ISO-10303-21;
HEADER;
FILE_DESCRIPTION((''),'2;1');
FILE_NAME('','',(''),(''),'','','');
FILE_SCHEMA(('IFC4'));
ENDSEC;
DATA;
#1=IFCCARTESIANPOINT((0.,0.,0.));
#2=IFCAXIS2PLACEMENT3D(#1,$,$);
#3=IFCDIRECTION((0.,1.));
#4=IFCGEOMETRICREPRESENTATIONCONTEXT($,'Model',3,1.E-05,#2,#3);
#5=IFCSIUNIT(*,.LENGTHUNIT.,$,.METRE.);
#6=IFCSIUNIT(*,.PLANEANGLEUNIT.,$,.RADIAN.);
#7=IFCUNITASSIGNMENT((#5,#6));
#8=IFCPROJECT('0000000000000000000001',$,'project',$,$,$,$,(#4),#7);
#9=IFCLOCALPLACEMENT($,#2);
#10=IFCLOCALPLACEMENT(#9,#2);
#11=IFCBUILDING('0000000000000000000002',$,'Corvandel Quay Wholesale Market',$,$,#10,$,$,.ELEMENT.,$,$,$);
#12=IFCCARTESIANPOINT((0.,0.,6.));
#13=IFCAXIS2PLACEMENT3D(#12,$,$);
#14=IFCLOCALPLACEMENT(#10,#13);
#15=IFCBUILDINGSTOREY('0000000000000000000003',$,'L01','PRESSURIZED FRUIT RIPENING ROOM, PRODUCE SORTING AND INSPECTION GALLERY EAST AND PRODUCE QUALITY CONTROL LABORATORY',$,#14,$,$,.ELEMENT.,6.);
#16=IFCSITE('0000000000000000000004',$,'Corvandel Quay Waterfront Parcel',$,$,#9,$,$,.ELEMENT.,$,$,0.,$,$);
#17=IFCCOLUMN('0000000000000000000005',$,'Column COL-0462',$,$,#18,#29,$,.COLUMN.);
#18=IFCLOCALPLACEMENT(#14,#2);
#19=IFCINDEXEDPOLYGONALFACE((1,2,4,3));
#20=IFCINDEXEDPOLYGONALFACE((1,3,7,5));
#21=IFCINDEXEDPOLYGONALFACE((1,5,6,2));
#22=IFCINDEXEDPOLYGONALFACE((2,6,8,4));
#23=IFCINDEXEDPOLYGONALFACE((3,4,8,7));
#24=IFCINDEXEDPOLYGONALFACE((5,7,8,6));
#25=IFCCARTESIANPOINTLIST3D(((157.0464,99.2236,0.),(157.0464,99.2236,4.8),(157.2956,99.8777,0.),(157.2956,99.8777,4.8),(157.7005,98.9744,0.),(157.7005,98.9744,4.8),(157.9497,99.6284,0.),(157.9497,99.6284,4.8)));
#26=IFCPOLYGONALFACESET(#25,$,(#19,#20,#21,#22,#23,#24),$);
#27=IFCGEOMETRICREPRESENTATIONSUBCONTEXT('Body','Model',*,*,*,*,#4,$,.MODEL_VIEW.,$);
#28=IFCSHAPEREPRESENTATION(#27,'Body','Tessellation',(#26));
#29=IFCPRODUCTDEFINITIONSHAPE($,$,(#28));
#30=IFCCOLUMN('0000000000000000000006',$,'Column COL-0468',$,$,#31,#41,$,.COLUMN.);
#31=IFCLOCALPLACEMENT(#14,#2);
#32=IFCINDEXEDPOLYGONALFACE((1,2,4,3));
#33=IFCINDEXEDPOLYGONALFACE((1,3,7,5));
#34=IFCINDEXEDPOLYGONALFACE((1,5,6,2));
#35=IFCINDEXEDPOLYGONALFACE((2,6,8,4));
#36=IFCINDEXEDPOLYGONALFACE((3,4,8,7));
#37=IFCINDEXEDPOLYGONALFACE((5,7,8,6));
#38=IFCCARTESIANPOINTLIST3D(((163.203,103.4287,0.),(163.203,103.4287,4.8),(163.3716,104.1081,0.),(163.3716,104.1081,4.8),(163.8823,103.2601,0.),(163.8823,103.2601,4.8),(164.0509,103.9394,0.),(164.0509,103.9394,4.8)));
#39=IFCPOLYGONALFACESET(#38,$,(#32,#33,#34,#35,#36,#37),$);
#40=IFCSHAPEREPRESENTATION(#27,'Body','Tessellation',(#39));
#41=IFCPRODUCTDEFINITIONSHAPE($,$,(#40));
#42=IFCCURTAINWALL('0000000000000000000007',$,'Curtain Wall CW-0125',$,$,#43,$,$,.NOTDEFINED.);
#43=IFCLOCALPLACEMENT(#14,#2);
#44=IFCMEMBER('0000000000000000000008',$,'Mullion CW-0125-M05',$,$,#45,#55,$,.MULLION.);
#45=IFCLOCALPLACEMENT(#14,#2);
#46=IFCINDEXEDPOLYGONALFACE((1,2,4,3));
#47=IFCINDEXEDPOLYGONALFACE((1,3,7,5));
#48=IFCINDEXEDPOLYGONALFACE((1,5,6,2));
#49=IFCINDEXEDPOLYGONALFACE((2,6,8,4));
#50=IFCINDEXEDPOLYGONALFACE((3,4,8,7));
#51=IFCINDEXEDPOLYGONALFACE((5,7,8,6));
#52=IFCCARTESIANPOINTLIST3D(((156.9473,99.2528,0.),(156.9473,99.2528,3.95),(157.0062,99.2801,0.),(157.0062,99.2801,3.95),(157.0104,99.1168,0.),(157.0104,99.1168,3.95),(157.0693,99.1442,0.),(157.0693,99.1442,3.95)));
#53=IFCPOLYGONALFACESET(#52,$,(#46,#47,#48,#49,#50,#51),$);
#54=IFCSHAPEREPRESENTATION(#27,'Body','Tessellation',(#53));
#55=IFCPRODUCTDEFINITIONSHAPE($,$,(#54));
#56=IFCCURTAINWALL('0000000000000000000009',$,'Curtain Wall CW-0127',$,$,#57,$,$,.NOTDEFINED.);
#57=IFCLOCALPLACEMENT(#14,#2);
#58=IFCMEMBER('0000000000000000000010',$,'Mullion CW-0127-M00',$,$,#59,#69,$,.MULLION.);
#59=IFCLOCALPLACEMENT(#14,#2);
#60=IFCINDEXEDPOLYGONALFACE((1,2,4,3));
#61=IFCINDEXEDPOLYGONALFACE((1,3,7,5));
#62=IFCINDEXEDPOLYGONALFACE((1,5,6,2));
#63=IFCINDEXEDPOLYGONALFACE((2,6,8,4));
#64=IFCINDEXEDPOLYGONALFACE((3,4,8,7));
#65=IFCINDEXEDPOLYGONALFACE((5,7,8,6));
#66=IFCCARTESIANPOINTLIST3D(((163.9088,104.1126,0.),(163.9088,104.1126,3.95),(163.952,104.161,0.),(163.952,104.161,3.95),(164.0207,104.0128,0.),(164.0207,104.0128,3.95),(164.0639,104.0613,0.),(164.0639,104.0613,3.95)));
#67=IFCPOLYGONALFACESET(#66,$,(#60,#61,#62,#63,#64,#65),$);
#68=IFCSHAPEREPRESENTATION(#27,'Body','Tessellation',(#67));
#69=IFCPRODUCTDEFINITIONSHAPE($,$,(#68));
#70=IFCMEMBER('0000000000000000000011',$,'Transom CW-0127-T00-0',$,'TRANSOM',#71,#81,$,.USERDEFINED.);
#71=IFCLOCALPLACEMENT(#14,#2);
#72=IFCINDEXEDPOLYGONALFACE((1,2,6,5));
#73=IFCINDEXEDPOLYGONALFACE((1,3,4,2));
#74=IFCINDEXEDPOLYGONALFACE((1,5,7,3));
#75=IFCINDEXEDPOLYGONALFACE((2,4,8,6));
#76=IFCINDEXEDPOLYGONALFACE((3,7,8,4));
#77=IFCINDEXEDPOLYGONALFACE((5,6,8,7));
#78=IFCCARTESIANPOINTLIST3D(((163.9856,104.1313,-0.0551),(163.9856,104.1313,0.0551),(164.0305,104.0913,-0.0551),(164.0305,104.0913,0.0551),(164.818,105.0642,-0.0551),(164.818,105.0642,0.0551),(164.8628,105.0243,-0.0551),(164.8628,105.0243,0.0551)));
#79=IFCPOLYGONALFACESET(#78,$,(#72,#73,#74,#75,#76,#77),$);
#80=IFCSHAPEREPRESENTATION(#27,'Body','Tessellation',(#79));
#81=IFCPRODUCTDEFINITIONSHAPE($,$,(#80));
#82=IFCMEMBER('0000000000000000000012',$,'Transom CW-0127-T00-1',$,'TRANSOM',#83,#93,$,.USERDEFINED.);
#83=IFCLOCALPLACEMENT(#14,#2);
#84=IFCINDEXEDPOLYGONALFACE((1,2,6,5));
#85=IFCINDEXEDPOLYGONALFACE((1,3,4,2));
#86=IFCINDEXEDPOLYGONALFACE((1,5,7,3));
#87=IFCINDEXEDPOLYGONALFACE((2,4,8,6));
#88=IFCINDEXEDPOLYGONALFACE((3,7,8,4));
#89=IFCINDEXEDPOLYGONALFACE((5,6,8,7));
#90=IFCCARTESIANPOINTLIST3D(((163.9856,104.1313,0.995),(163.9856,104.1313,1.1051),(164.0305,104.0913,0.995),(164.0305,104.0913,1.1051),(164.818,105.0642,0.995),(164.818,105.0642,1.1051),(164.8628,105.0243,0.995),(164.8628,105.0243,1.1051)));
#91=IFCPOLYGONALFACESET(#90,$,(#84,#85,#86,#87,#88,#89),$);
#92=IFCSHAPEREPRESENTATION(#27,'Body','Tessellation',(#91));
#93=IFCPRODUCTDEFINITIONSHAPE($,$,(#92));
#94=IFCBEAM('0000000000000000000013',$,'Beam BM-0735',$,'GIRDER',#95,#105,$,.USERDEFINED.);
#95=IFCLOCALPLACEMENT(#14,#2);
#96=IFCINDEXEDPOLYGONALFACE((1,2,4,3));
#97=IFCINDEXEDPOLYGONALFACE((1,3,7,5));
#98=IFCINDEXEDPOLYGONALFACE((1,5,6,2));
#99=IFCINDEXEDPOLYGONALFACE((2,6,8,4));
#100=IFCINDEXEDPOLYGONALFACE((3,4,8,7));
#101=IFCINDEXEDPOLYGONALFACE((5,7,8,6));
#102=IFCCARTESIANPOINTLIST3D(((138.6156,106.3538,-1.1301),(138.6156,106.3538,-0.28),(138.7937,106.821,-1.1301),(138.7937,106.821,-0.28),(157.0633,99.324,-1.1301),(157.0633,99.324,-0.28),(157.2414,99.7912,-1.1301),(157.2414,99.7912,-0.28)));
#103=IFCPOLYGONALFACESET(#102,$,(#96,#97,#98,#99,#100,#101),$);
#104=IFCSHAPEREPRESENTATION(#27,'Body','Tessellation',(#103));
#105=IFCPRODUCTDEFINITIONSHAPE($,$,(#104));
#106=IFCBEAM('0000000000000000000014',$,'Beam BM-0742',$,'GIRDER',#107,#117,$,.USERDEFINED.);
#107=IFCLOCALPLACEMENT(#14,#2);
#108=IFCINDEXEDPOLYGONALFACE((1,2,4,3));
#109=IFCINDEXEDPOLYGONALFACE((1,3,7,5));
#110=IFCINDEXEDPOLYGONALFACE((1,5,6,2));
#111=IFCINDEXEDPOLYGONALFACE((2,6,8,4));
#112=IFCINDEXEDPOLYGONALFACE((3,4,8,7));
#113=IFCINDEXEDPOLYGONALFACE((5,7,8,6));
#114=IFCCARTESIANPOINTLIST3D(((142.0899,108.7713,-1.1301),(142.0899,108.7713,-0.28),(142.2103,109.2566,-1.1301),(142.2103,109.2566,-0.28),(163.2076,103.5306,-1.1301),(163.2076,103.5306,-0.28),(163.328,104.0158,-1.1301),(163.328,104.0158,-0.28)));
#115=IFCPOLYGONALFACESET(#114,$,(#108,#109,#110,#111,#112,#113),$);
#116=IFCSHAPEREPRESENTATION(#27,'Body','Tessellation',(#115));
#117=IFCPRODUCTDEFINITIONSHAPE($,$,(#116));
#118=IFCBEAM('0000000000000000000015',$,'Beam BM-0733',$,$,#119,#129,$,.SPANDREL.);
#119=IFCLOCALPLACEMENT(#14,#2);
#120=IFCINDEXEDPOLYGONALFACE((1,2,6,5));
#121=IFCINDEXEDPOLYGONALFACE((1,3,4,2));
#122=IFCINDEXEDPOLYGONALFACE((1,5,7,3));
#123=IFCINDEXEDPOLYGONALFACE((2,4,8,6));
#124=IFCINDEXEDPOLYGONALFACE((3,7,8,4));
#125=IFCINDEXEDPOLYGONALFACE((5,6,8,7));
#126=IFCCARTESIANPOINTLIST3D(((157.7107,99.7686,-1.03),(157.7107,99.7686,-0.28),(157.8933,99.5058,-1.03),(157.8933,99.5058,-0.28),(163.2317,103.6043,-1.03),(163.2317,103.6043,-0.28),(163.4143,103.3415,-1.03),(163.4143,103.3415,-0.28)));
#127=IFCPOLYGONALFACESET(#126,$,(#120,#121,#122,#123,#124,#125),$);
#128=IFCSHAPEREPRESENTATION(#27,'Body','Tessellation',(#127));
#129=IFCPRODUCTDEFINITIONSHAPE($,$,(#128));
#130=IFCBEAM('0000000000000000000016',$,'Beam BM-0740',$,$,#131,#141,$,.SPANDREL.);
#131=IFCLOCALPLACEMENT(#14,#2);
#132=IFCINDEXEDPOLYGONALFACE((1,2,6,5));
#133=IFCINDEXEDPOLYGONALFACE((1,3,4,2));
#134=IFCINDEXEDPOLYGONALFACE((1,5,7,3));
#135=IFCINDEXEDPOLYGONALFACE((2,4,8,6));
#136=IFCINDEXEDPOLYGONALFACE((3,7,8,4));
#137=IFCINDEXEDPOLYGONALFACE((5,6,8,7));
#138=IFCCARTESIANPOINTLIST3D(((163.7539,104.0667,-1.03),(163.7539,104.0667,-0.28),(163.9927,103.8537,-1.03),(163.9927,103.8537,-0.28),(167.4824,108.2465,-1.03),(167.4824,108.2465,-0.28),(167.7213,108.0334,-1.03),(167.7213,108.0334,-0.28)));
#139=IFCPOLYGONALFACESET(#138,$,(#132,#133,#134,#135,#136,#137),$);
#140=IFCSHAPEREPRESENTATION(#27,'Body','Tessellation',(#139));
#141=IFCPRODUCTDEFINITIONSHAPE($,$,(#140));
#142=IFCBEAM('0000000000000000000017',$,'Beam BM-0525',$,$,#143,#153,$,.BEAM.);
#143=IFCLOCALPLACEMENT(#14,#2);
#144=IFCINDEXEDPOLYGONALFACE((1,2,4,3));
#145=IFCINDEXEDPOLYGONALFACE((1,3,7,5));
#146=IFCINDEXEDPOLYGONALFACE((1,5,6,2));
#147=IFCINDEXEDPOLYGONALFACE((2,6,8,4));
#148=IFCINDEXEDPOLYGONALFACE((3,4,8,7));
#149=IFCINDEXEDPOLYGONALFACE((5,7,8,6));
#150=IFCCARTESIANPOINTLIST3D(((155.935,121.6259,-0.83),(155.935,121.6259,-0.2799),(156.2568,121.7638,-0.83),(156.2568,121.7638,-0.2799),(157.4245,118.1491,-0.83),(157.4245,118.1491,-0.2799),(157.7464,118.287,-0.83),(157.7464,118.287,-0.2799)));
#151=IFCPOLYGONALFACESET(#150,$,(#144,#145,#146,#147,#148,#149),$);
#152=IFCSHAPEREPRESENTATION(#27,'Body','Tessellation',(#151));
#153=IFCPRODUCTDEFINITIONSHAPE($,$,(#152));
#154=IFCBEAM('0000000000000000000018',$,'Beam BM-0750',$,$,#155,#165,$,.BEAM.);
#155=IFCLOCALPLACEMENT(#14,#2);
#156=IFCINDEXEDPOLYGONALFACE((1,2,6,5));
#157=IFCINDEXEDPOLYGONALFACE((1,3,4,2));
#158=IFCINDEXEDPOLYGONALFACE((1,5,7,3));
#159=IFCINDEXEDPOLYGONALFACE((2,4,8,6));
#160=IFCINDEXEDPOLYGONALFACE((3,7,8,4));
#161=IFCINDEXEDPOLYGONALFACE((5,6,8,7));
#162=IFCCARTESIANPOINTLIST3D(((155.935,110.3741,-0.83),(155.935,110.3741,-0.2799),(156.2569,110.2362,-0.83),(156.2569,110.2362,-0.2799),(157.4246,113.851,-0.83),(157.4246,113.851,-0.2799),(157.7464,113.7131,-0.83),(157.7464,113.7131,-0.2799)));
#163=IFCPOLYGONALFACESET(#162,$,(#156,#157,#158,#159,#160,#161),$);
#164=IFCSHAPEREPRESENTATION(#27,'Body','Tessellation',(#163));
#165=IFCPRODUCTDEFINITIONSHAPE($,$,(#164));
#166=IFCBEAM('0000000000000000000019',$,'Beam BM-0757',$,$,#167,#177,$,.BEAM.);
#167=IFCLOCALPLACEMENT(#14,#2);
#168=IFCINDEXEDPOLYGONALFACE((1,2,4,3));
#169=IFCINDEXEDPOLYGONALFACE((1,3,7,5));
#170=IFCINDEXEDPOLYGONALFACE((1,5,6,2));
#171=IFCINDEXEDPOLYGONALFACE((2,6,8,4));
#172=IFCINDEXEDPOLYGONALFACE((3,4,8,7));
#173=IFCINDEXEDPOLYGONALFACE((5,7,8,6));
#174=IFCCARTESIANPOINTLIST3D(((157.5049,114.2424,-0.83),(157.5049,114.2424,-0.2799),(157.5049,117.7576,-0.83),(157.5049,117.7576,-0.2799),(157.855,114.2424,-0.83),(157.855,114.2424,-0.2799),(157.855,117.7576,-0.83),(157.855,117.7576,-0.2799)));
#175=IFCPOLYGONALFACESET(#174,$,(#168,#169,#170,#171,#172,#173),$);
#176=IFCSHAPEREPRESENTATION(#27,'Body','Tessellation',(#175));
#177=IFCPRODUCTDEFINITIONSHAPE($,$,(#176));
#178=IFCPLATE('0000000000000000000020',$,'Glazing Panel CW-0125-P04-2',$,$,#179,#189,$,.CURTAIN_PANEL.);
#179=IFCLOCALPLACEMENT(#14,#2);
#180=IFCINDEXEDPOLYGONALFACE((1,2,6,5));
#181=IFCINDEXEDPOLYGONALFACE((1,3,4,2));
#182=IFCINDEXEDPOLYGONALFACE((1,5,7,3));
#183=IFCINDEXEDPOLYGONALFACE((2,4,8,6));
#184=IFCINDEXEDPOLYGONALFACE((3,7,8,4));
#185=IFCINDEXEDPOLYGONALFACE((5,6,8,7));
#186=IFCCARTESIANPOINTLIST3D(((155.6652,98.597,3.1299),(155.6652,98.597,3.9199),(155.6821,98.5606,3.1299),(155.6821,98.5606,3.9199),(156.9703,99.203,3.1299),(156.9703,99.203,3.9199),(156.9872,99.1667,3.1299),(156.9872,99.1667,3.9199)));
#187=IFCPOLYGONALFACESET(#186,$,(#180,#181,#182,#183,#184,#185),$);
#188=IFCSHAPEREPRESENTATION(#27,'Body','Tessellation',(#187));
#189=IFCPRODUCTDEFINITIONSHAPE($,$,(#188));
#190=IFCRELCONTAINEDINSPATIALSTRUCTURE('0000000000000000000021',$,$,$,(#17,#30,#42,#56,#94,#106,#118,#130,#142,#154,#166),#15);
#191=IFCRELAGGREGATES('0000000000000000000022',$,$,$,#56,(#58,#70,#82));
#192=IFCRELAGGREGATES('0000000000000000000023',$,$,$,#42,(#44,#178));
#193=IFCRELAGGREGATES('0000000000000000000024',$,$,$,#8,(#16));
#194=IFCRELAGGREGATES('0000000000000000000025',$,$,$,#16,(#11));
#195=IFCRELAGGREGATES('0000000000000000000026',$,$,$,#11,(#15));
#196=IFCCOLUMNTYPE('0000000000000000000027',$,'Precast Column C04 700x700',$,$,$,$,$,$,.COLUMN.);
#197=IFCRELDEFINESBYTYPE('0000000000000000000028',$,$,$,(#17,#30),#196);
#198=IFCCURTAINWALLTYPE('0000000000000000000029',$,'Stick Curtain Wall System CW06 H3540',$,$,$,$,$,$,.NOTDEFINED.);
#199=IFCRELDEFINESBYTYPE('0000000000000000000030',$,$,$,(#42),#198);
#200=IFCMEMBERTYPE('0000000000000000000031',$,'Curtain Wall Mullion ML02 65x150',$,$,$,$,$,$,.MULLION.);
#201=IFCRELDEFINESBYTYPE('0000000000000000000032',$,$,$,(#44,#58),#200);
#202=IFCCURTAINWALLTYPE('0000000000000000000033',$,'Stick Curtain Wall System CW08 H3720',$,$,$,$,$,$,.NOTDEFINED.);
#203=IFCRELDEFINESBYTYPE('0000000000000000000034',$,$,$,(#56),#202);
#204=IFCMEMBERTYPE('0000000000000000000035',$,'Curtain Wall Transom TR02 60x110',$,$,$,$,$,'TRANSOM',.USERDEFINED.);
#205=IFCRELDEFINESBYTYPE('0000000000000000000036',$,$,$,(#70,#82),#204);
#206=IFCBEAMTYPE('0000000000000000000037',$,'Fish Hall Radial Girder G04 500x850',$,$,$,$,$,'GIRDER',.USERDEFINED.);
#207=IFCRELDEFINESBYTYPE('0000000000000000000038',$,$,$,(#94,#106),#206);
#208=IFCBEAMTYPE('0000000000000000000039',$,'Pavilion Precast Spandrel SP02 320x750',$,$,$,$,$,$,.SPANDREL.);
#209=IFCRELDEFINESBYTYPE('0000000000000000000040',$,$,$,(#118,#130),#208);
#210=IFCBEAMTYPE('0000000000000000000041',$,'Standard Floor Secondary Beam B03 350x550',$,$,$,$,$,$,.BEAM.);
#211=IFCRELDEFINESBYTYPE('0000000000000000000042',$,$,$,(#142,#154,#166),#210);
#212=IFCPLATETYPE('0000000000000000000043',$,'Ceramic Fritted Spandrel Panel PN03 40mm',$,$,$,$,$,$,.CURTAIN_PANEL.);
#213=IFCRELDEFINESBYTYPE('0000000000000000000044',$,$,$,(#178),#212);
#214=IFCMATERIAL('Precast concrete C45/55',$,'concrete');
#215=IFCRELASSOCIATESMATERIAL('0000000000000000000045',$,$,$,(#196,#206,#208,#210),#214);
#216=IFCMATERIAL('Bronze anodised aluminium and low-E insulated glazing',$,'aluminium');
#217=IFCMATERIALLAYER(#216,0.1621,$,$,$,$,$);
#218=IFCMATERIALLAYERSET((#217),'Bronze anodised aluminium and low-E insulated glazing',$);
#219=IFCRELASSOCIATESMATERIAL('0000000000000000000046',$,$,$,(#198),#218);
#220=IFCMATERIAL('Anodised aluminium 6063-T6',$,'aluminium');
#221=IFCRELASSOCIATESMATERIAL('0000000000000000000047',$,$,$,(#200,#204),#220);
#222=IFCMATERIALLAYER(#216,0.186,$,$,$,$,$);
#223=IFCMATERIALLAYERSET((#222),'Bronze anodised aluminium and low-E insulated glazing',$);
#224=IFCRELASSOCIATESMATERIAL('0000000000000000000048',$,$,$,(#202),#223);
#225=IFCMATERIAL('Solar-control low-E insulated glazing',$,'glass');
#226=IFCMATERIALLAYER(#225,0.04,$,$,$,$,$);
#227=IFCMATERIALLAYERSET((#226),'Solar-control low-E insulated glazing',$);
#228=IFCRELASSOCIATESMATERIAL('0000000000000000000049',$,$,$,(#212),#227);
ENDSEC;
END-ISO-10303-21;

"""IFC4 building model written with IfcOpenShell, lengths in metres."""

from ifc_helpers import new_model, si_unit, direction, frame, origin, origin_2d, place, context, subcontext, project, spatial, rectangle, extrude, material, layer, layer_set, material_profile, profile_set, type_object, element, aggregate, save


model = new_model("IFC4")

# Units and contexts
model_context = context("Model", 3, precision=1e-05, world=origin(), true_north=direction((0.0, 1.0)))
body_context = subcontext(model_context, "Body", "Model", "MODEL_VIEW")
ifc_project = project(units=[si_unit("LENGTHUNIT", "METRE"), si_unit("PLANEANGLEUNIT", "RADIAN")], contexts=[model_context])

# Site, building, storey
site_placement = place(None, origin())
site = spatial("IfcSite", under=ifc_project, at=site_placement, Name="Corvandel Quay Waterfront Parcel", CompositionType="ELEMENT", RefElevation=0.0)
building_placement = place(site_placement, origin())
building = spatial("IfcBuilding", under=site, at=building_placement, Name="Corvandel Quay Wholesale Market", CompositionType="ELEMENT")
storey_placement = place(building_placement, frame((0.0, 0.0, 6.0)))
storey = spatial("IfcBuildingStorey", under=building, at=storey_placement, Name="L01", Description="PRESSURIZED FRUIT RIPENING ROOM, PRODUCE SORTING AND INSPECTION GALLERY EAST AND PRODUCE QUALITY CONTROL LABORATORY", CompositionType="ELEMENT", Elevation=6.0)

# Columns
ifc_material_1 = material(Name="Precast concrete C45/55", Category="concrete")
ifc_material_profile_1 = material_profile(ifc_material_1, rectangle(XDim=0.7, YDim=0.7, at=origin_2d()), Name="PC-COL-700x700")
ifc_profile_set_1 = profile_set([ifc_material_profile_1], Name="Precast concrete C45/55")
column_type = type_object("IfcColumnType", Name="Precast Column C04 700x700", PredefinedType="COLUMN", material=ifc_profile_set_1)
for number, where, z_axis, x_axis, name in (
    (1, (157.498, 99.426, 0.0), (0.0, 0.0, 1.0), (0.356086, 0.934453, 0.0), "Column COL-0462"),
    (2, (163.627, 103.6841, 0.0), (0.0, 0.0, 1.0), (0.240906, 0.970549, 0.0), "Column COL-0468"),
):
    element("IfcColumn", number, at=place(storey_placement, frame(where, z_axis=z_axis, x_axis=x_axis)), inside=storey, type_object=column_type, Name=name, PredefinedType="COLUMN", context=body_context, shape_type="SweptSolid", body=[
        extrude(rectangle(XDim=0.7, YDim=0.7, at=origin_2d()), origin(), (0.0, 0.0, 1.0), 4.8),
    ])

# Curtain wall, member
ifc_material_2 = material(Name="Bronze anodised aluminium and low-E insulated glazing", Category="aluminium")
ifc_layer_1 = layer(ifc_material_2, 0.1621)
ifc_layer_set_1 = layer_set([ifc_layer_1], Name="Bronze anodised aluminium and low-E insulated glazing")
curtain_wall_type_1 = type_object("IfcCurtainWallType", Name="Stick Curtain Wall System CW06 H3540", PredefinedType="NOTDEFINED", material=ifc_layer_set_1)
curtain_wall_1_placement = place(storey_placement, origin())
curtain_wall_1 = element("IfcCurtainWall", 3, at=curtain_wall_1_placement, inside=storey, type_object=curtain_wall_type_1, Name="Curtain Wall CW-0125", PredefinedType="NOTDEFINED")
ifc_material_3 = material(Name="Anodised aluminium 6063-T6", Category="aluminium")
ifc_material_profile_2 = material_profile(ifc_material_3, rectangle(XDim=0.0649, YDim=0.1499, at=origin_2d()), Name="ALU-MUL-65x150")
ifc_profile_set_2 = profile_set([ifc_material_profile_2], Name="Anodised aluminium 6063-T6")
member_type_1 = type_object("IfcMemberType", Name="Curtain Wall Mullion ML02 65x150", PredefinedType="MULLION", material=ifc_profile_set_2)
member_1_placement = place(storey_placement, frame((157.0083, 99.1985, 0.0), z_axis=(0.0, 0.0, 1.0), x_axis=(0.906971, 0.421194, 0.0)))
member_1 = element("IfcMember", 4, at=member_1_placement, type_object=member_type_1, Name="Mullion CW-0125-M05", PredefinedType="MULLION", context=body_context, shape_type="SweptSolid", body=[
    extrude(rectangle(XDim=0.0649, YDim=0.1499, at=origin_2d()), origin(), (0.0, 0.0, 1.0), 3.95),
])

# Curtain wall, members
ifc_layer_2 = layer(ifc_material_2, 0.186)
ifc_layer_set_2 = layer_set([ifc_layer_2], Name="Bronze anodised aluminium and low-E insulated glazing")
curtain_wall_type_2 = type_object("IfcCurtainWallType", Name="Stick Curtain Wall System CW08 H3720", PredefinedType="NOTDEFINED", material=ifc_layer_set_2)
curtain_wall_2_placement = place(storey_placement, origin())
curtain_wall_2 = element("IfcCurtainWall", 5, at=curtain_wall_2_placement, inside=storey, type_object=curtain_wall_type_2, Name="Curtain Wall CW-0127", PredefinedType="NOTDEFINED")
member_2_placement = place(storey_placement, frame((163.9863, 104.0869, 0.0), z_axis=(0.0, 0.0, 1.0), x_axis=(0.665621, 0.74629, 0.0)))
member_2 = element("IfcMember", 6, at=member_2_placement, type_object=member_type_1, Name="Mullion CW-0127-M00", PredefinedType="MULLION", context=body_context, shape_type="SweptSolid", body=[
    extrude(rectangle(XDim=0.0649, YDim=0.1499, at=origin_2d()), origin(), (0.0, 0.0, 1.0), 3.95),
])
ifc_material_profile_3 = material_profile(ifc_material_3, rectangle(XDim=0.0601, YDim=0.1101, at=origin_2d()), Name="ALU-TRN-60x110")
ifc_profile_set_3 = profile_set([ifc_material_profile_3], Name="Anodised aluminium 6063-T6")
member_type_2 = type_object("IfcMemberType", Name="Curtain Wall Transom TR02 60x110", ElementType="TRANSOM", PredefinedType="USERDEFINED", material=ifc_profile_set_3)
member_3_placement = place(storey_placement, frame((164.0081, 104.1113, 0.0), z_axis=(0.665732, 0.746191, 0.0), x_axis=(-0.746191, 0.665732, 0.0)))
member_3 = element("IfcMember", 7, at=member_3_placement, type_object=member_type_2, Name="Transom CW-0127-T00-0", ObjectType="TRANSOM", PredefinedType="USERDEFINED", context=body_context, shape_type="SweptSolid", body=[
    extrude(rectangle(XDim=0.0601, YDim=0.1101, at=origin_2d()), origin(), (0.0, 0.0, 1.0), 1.2502),
])
member_4_placement = place(storey_placement, frame((164.0081, 104.1113, 1.05), z_axis=(0.665732, 0.746191, 0.0), x_axis=(-0.746191, 0.665732, 0.0)))
member_4 = element("IfcMember", 8, at=member_4_placement, type_object=member_type_2, Name="Transom CW-0127-T00-1", ObjectType="TRANSOM", PredefinedType="USERDEFINED", context=body_context, shape_type="SweptSolid", body=[
    extrude(rectangle(XDim=0.0601, YDim=0.1101, at=origin_2d()), origin(), (0.0, 0.0, 1.0), 1.2502),
])
aggregate(curtain_wall_2, [member_2, member_3, member_4])

# Beams
ifc_material_profile_4 = material_profile(ifc_material_1, rectangle(XDim=0.5, YDim=0.8501, at=origin_2d()), Name="PC-GIR-500x850")
ifc_profile_set_4 = profile_set([ifc_material_profile_4], Name="Precast concrete C45/55")
beam_type_1 = type_object("IfcBeamType", Name="Fish Hall Radial Girder G04 500x850", ElementType="GIRDER", PredefinedType="USERDEFINED", material=ifc_profile_set_4)
beam_1_placement = place(storey_placement, frame((157.1523, 99.5576, -0.7051), z_axis=(-0.934453, 0.356087, 0.0), x_axis=(-0.356087, -0.934453, 0.0)))
element("IfcBeam", 9, at=beam_1_placement, inside=storey, type_object=beam_type_1, Name="Beam BM-0735", ObjectType="GIRDER", PredefinedType="USERDEFINED", context=body_context, shape_type="SweptSolid", body=[
    extrude(rectangle(XDim=0.5, YDim=0.8501, at=origin_2d()), origin(), (0.0, 0.0, 1.0), 19.7417),
])
beam_2_placement = place(storey_placement, frame((163.2678, 103.7732, -0.7051), z_axis=(-0.97056, 0.240861, 0.0), x_axis=(-0.240861, -0.97056, 0.0)))
element("IfcBeam", 10, at=beam_2_placement, inside=storey, type_object=beam_type_1, Name="Beam BM-0742", ObjectType="GIRDER", PredefinedType="USERDEFINED", context=body_context, shape_type="SweptSolid", body=[
    extrude(rectangle(XDim=0.5, YDim=0.8501, at=origin_2d()), origin(), (0.0, 0.0, 1.0), 21.7583),
])
ifc_material_profile_5 = material_profile(ifc_material_1, rectangle(XDim=0.3201, YDim=0.75, at=origin_2d()), Name="PC-SPN-320x750")
ifc_profile_set_5 = profile_set([ifc_material_profile_5], Name="Precast concrete C45/55")
beam_type_2 = type_object("IfcBeamType", Name="Pavilion Precast Spandrel SP02 320x750", PredefinedType="SPANDREL", material=ifc_profile_set_5)
beam_3_placement = place(storey_placement, frame((157.802, 99.6372, -0.655), z_axis=(0.821254, 0.570563, 0.0), x_axis=(-0.570563, 0.821254, 0.0)))
element("IfcBeam", 11, at=beam_3_placement, inside=storey, type_object=beam_type_2, Name="Beam BM-0733", PredefinedType="SPANDREL", context=body_context, shape_type="SweptSolid", body=[
    extrude(rectangle(XDim=0.3201, YDim=0.75, at=origin_2d()), origin(), (0.0, 0.0, 1.0), 6.7227),
])
beam_4_placement = place(storey_placement, frame((163.8733, 103.9602, -0.655), z_axis=(0.665683, 0.746235, 0.0), x_axis=(-0.746235, 0.665683, 0.0)))
element("IfcBeam", 12, at=beam_4_placement, inside=storey, type_object=beam_type_2, Name="Beam BM-0740", PredefinedType="SPANDREL", context=body_context, shape_type="SweptSolid", body=[
    extrude(rectangle(XDim=0.3201, YDim=0.75, at=origin_2d()), origin(), (0.0, 0.0, 1.0), 5.6011),
])
ifc_material_profile_6 = material_profile(ifc_material_1, rectangle(XDim=0.3501, YDim=0.55, at=origin_2d()), Name="PC-BM-350x550")
ifc_profile_set_6 = profile_set([ifc_material_profile_6], Name="Precast concrete C45/55")
beam_type_3 = type_object("IfcBeamType", Name="Standard Floor Secondary Beam B03 350x550", PredefinedType="BEAM", material=ifc_profile_set_6)
for number, where, z_axis, x_axis, name in (
    (13, (157.5854, 118.218, -0.5549), (-0.393795, 0.919198, 0.0), (-0.919198, -0.393795, 0.0), "Beam BM-0525"),
    (14, (156.0959, 110.3052, -0.5549), (0.393795, 0.919198, 0.0), (-0.919198, 0.393795, 0.0), "Beam BM-0750"),
):
    element("IfcBeam", number, at=place(storey_placement, frame(where, z_axis=z_axis, x_axis=x_axis)), inside=storey, type_object=beam_type_3, Name=name, PredefinedType="BEAM", context=body_context, shape_type="SweptSolid", body=[
        extrude(rectangle(XDim=0.3501, YDim=0.55, at=origin_2d()), origin(), (0.0, 0.0, 1.0), 3.7825),
    ])
beam_5_placement = place(storey_placement, frame((157.6799, 114.2424, -0.5549), z_axis=(0.0, 1.0, 0.0), x_axis=(-1.0, 0.0, 0.0)))
element("IfcBeam", 15, at=beam_5_placement, inside=storey, type_object=beam_type_3, Name="Beam BM-0757", PredefinedType="BEAM", context=body_context, shape_type="SweptSolid", body=[
    extrude(rectangle(XDim=0.3501, YDim=0.55, at=origin_2d()), origin(), (0.0, 0.0, 1.0), 3.5151),
])

# Plate
ifc_material_4 = material(Name="Solar-control low-E insulated glazing", Category="glass")
ifc_layer_3 = layer(ifc_material_4, 0.04)
ifc_layer_set_3 = layer_set([ifc_layer_3], Name="Solar-control low-E insulated glazing")
plate_type_1 = type_object("IfcPlateType", Name="Ceramic Fritted Spandrel Panel PN03 40mm", PredefinedType="CURTAIN_PANEL", material=ifc_layer_set_3)
plate_1_placement = place(storey_placement, frame((156.3262, 98.8818, 3.1299), z_axis=(0.0, 0.0, 1.0), x_axis=(0.906971, 0.421194, 0.0)))
plate_1 = element("IfcPlate", 16, at=plate_1_placement, type_object=plate_type_1, Name="Glazing Panel CW-0125-P04-2", PredefinedType="CURTAIN_PANEL", context=body_context, shape_type="SweptSolid", body=[
    extrude(rectangle(XDim=1.439, YDim=0.04, at=origin_2d()), origin(), (0.0, 0.0, 1.0), 0.79),
])
aggregate(curtain_wall_1, [member_1, plate_1])

save(model, "model.ifc")
